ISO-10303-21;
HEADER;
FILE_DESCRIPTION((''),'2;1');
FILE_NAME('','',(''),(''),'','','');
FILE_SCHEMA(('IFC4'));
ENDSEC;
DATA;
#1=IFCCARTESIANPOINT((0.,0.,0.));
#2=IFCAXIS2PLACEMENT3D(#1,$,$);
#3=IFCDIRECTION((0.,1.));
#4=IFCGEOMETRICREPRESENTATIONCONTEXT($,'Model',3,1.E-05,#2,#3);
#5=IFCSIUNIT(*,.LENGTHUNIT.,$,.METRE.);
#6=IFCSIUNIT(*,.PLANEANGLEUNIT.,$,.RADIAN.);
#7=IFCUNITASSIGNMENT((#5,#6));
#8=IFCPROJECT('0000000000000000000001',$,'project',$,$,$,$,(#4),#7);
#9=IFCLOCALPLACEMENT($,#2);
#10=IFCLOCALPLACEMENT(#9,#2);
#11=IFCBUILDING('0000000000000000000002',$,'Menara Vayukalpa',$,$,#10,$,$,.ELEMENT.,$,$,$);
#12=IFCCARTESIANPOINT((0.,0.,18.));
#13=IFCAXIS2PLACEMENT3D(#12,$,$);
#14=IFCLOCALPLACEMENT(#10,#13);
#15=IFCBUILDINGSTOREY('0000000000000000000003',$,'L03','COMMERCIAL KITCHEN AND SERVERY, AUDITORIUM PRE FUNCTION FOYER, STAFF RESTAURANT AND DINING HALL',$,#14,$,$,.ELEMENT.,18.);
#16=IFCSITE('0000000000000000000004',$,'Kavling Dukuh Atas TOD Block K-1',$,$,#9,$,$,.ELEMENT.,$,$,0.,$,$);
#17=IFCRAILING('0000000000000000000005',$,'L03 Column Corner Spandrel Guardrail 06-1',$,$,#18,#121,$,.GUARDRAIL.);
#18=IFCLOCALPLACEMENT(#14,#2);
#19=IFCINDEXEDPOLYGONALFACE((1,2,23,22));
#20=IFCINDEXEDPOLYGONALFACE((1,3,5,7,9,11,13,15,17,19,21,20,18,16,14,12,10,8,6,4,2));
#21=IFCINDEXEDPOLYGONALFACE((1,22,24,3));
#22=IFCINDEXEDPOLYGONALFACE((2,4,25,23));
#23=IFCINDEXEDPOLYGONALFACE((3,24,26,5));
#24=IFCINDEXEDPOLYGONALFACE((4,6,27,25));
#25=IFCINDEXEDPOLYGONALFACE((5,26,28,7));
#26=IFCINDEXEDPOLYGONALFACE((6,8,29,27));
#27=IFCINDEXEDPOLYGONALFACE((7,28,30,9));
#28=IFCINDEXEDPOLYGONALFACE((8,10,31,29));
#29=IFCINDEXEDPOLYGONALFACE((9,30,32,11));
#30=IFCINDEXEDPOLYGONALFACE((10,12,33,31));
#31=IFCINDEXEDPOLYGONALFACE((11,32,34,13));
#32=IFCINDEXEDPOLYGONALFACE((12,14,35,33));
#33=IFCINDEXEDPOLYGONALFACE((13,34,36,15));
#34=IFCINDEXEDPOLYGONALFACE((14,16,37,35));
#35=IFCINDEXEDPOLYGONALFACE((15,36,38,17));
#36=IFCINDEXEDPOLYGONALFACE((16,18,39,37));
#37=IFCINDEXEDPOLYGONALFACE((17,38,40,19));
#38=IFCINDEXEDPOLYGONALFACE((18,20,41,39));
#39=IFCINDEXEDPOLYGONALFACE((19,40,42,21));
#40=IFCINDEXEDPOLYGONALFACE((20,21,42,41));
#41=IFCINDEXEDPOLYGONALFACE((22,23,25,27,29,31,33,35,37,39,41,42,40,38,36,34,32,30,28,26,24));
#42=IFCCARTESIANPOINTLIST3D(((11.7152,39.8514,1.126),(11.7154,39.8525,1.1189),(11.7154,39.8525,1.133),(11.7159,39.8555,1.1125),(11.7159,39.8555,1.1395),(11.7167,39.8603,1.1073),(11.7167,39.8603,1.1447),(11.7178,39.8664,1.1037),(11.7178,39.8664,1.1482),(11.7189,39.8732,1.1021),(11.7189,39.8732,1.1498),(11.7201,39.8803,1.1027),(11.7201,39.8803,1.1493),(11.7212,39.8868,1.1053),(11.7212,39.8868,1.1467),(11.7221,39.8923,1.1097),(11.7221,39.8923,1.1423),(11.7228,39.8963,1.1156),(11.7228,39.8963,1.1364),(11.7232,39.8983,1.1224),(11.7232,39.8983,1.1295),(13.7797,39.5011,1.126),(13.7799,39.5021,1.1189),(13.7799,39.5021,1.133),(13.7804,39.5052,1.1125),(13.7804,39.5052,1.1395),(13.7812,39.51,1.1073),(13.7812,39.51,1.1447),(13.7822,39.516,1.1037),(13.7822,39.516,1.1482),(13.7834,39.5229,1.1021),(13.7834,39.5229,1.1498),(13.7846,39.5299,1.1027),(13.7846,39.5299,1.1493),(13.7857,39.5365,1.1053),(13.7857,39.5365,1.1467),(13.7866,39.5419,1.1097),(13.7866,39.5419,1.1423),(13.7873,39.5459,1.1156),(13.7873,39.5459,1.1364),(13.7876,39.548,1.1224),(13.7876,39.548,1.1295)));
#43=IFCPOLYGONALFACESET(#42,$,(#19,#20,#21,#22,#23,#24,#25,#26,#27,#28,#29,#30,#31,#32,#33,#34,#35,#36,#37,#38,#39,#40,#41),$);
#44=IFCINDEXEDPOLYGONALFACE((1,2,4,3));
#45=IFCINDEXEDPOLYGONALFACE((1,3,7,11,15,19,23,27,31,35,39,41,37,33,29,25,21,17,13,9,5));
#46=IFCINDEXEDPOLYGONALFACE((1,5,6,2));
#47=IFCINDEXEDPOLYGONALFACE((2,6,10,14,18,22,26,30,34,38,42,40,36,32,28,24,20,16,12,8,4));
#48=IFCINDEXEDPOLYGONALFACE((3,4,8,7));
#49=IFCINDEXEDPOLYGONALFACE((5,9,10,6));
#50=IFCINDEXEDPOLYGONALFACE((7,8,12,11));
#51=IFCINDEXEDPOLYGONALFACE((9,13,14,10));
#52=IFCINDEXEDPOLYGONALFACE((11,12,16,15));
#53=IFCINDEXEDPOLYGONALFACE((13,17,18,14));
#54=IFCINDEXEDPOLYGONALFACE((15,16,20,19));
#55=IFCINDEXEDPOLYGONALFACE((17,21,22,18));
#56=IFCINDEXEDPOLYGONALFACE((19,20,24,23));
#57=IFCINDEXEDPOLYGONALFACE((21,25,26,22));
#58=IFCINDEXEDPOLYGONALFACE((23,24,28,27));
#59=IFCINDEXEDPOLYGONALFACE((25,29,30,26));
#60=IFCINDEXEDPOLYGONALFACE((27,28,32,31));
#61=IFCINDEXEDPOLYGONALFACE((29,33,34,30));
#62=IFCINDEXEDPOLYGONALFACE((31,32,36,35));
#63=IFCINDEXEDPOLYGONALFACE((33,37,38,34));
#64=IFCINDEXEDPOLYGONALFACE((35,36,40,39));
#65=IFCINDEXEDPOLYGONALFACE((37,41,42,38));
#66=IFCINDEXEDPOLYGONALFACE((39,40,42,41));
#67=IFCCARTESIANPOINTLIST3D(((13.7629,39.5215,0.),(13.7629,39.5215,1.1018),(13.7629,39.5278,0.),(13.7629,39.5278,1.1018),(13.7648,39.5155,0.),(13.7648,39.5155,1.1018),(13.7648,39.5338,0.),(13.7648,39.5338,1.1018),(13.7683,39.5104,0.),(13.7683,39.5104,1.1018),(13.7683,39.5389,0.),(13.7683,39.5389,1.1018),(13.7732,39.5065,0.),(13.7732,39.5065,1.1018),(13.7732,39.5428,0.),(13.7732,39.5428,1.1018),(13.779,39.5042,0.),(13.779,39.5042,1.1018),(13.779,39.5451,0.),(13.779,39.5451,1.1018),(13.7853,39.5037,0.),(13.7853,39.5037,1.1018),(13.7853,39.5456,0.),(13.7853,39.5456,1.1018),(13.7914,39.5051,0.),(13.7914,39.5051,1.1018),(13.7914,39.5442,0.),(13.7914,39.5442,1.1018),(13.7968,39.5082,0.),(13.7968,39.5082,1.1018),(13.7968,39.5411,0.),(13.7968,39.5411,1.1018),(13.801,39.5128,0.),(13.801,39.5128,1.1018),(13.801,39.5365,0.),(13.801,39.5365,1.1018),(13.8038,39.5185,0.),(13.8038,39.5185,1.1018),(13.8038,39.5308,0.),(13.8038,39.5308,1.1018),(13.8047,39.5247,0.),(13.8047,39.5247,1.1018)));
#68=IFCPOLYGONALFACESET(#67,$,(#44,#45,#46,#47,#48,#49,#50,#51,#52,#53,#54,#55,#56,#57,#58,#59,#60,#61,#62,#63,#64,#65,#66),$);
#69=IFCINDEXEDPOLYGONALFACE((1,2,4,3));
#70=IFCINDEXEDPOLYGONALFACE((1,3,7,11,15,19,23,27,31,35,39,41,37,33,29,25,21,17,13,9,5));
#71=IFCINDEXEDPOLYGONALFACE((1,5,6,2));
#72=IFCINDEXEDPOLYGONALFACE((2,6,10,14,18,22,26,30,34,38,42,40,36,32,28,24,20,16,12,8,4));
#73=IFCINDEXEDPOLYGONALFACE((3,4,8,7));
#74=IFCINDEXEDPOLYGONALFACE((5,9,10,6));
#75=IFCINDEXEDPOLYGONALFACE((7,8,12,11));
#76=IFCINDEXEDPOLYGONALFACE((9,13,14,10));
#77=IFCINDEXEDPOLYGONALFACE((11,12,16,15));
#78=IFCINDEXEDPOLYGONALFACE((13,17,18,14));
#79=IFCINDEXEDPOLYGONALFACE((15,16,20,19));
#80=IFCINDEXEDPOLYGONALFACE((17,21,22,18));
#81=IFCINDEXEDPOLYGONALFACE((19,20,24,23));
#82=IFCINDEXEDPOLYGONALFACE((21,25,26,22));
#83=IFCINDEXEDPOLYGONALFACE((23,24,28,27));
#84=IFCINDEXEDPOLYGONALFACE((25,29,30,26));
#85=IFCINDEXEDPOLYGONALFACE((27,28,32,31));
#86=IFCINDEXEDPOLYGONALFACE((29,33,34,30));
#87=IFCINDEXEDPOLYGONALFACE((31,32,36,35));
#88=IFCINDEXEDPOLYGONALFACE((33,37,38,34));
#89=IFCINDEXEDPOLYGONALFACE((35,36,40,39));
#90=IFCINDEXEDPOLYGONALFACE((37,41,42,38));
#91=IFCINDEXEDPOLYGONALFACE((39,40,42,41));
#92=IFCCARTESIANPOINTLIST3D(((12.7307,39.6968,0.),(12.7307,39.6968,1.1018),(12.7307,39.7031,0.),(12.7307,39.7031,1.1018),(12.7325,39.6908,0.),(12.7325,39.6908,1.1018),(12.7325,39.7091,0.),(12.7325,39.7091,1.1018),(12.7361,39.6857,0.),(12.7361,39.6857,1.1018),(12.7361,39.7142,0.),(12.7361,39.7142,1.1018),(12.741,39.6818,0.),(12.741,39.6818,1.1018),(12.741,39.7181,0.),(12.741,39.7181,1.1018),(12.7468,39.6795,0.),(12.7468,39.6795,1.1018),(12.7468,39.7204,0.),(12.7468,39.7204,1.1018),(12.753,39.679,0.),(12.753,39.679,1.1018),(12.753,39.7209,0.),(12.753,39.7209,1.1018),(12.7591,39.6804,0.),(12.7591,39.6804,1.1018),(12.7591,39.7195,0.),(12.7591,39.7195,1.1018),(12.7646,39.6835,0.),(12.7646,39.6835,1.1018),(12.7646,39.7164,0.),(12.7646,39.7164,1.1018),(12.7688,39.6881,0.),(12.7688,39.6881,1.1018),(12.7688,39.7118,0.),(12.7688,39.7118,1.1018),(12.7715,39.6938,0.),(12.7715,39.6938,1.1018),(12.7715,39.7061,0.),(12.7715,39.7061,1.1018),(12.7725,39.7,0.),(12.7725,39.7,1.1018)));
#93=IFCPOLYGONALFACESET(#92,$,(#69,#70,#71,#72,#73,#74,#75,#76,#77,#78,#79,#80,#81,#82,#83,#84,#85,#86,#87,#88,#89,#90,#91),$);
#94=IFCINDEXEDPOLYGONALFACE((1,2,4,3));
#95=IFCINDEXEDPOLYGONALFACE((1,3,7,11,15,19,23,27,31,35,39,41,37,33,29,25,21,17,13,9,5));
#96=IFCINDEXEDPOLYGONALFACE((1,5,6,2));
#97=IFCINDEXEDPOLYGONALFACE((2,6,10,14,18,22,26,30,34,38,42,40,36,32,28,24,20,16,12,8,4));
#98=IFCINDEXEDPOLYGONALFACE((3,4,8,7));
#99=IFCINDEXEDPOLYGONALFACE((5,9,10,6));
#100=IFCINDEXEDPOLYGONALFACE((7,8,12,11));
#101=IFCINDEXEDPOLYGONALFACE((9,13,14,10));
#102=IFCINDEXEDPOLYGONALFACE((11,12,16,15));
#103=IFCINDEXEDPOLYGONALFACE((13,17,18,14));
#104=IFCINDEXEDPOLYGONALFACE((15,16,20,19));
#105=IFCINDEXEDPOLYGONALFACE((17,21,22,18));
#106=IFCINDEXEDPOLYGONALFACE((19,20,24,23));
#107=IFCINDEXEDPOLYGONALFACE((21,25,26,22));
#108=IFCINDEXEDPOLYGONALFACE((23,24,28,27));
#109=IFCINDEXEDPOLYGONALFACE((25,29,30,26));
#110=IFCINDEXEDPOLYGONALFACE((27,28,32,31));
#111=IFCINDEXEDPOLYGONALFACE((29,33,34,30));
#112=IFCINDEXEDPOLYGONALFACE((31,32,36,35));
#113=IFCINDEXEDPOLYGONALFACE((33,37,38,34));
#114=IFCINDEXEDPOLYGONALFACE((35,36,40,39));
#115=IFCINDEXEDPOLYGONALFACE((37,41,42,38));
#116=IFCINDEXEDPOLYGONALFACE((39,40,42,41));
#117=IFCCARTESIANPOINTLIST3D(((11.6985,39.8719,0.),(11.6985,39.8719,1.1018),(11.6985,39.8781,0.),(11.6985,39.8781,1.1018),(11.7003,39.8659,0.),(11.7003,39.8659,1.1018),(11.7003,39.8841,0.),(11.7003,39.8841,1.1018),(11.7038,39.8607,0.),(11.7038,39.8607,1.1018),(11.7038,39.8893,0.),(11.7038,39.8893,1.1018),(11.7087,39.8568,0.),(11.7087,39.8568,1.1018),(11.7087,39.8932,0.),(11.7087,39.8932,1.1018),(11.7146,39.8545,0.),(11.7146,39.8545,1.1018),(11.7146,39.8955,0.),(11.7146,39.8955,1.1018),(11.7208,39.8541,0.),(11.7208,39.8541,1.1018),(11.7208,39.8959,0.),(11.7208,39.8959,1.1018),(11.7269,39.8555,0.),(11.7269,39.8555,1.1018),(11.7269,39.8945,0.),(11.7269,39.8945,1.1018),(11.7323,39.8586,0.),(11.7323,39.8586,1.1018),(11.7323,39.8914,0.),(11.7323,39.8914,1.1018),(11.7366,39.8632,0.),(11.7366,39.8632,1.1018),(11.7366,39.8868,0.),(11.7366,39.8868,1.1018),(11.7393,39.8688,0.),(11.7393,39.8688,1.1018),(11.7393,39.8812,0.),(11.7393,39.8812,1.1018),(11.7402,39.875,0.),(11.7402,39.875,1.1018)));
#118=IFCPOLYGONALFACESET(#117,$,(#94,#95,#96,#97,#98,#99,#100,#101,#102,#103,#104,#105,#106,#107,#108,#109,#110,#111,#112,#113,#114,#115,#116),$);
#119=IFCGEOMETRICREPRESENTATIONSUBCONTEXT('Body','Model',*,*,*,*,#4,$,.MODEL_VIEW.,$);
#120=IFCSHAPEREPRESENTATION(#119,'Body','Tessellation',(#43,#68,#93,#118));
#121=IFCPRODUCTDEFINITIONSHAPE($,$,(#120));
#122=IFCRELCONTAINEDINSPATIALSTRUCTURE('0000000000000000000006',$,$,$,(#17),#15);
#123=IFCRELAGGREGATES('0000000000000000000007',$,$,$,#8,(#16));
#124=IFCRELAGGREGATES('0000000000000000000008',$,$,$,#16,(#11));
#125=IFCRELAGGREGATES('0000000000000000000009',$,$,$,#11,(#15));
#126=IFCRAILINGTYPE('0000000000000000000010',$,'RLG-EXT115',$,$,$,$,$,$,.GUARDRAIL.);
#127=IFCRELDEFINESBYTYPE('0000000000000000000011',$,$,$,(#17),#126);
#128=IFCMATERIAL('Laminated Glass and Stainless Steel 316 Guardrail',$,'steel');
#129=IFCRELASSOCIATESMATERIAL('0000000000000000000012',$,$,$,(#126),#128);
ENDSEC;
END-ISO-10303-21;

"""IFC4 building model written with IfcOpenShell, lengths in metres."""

from ifc_helpers import new_model, si_unit, direction, frame, origin, origin_2d, place, context, subcontext, project, spatial, circle, extrude, material, type_object, element, save


model = new_model("IFC4")

# Units and contexts
model_context = context("Model", 3, precision=1e-05, world=origin(), true_north=direction((0.0, 1.0)))
body_context = subcontext(model_context, "Body", "Model", "MODEL_VIEW")
ifc_project = project(units=[si_unit("LENGTHUNIT", "METRE"), si_unit("PLANEANGLEUNIT", "RADIAN")], contexts=[model_context])

# Site, building, storey
site_placement = place(None, origin())
site = spatial("IfcSite", under=ifc_project, at=site_placement, Name="Kavling Dukuh Atas TOD Block K-1", CompositionType="ELEMENT", RefElevation=0.0)
building_placement = place(site_placement, origin())
building = spatial("IfcBuilding", under=site, at=building_placement, Name="Menara Vayukalpa", CompositionType="ELEMENT")
storey_placement = place(building_placement, frame((0.0, 0.0, 18.0)))
storey = spatial("IfcBuildingStorey", under=building, at=storey_placement, Name="L03", Description="COMMERCIAL KITCHEN AND SERVERY, AUDITORIUM PRE FUNCTION FOYER, STAFF RESTAURANT AND DINING HALL", CompositionType="ELEMENT", Elevation=18.0)

# Railing
ifc_material_1 = material(Name="Laminated Glass and Stainless Steel 316 Guardrail", Category="steel")
railing_type = type_object("IfcRailingType", Name="RLG-EXT115", PredefinedType="GUARDRAIL", material=ifc_material_1)
railing_1_placement = place(storey_placement, frame((13.7837, 39.5247, 0.0)))
element("IfcRailing", 1, at=railing_1_placement, inside=storey, type_object=railing_type, Name="L03 Column Corner Spandrel Guardrail 06-1", PredefinedType="GUARDRAIL", context=body_context, shape_type="SweptSolid", body=[
    extrude(circle(Radius=0.0239, at=origin_2d()), frame((0.0, 0.0, 1.126), z_axis=(-0.985904, 0.16731, 0.0), x_axis=(-0.16731, -0.985904, 0.0)), (0.0, 0.0, 1.0), 2.094),
    extrude(circle(Radius=0.021, at=origin_2d()), origin(), (0.0, 0.0, 1.0), 1.1018),
    extrude(circle(Radius=0.021, at=origin_2d()), frame((-1.0322, 0.1753, 0.0)), (0.0, 0.0, 1.0), 1.1018),
    extrude(circle(Radius=0.021, at=origin_2d()), frame((-2.0645, 0.3503, 0.0)), (0.0, 0.0, 1.0), 1.1018),
])

save(model, "model.ifc")
